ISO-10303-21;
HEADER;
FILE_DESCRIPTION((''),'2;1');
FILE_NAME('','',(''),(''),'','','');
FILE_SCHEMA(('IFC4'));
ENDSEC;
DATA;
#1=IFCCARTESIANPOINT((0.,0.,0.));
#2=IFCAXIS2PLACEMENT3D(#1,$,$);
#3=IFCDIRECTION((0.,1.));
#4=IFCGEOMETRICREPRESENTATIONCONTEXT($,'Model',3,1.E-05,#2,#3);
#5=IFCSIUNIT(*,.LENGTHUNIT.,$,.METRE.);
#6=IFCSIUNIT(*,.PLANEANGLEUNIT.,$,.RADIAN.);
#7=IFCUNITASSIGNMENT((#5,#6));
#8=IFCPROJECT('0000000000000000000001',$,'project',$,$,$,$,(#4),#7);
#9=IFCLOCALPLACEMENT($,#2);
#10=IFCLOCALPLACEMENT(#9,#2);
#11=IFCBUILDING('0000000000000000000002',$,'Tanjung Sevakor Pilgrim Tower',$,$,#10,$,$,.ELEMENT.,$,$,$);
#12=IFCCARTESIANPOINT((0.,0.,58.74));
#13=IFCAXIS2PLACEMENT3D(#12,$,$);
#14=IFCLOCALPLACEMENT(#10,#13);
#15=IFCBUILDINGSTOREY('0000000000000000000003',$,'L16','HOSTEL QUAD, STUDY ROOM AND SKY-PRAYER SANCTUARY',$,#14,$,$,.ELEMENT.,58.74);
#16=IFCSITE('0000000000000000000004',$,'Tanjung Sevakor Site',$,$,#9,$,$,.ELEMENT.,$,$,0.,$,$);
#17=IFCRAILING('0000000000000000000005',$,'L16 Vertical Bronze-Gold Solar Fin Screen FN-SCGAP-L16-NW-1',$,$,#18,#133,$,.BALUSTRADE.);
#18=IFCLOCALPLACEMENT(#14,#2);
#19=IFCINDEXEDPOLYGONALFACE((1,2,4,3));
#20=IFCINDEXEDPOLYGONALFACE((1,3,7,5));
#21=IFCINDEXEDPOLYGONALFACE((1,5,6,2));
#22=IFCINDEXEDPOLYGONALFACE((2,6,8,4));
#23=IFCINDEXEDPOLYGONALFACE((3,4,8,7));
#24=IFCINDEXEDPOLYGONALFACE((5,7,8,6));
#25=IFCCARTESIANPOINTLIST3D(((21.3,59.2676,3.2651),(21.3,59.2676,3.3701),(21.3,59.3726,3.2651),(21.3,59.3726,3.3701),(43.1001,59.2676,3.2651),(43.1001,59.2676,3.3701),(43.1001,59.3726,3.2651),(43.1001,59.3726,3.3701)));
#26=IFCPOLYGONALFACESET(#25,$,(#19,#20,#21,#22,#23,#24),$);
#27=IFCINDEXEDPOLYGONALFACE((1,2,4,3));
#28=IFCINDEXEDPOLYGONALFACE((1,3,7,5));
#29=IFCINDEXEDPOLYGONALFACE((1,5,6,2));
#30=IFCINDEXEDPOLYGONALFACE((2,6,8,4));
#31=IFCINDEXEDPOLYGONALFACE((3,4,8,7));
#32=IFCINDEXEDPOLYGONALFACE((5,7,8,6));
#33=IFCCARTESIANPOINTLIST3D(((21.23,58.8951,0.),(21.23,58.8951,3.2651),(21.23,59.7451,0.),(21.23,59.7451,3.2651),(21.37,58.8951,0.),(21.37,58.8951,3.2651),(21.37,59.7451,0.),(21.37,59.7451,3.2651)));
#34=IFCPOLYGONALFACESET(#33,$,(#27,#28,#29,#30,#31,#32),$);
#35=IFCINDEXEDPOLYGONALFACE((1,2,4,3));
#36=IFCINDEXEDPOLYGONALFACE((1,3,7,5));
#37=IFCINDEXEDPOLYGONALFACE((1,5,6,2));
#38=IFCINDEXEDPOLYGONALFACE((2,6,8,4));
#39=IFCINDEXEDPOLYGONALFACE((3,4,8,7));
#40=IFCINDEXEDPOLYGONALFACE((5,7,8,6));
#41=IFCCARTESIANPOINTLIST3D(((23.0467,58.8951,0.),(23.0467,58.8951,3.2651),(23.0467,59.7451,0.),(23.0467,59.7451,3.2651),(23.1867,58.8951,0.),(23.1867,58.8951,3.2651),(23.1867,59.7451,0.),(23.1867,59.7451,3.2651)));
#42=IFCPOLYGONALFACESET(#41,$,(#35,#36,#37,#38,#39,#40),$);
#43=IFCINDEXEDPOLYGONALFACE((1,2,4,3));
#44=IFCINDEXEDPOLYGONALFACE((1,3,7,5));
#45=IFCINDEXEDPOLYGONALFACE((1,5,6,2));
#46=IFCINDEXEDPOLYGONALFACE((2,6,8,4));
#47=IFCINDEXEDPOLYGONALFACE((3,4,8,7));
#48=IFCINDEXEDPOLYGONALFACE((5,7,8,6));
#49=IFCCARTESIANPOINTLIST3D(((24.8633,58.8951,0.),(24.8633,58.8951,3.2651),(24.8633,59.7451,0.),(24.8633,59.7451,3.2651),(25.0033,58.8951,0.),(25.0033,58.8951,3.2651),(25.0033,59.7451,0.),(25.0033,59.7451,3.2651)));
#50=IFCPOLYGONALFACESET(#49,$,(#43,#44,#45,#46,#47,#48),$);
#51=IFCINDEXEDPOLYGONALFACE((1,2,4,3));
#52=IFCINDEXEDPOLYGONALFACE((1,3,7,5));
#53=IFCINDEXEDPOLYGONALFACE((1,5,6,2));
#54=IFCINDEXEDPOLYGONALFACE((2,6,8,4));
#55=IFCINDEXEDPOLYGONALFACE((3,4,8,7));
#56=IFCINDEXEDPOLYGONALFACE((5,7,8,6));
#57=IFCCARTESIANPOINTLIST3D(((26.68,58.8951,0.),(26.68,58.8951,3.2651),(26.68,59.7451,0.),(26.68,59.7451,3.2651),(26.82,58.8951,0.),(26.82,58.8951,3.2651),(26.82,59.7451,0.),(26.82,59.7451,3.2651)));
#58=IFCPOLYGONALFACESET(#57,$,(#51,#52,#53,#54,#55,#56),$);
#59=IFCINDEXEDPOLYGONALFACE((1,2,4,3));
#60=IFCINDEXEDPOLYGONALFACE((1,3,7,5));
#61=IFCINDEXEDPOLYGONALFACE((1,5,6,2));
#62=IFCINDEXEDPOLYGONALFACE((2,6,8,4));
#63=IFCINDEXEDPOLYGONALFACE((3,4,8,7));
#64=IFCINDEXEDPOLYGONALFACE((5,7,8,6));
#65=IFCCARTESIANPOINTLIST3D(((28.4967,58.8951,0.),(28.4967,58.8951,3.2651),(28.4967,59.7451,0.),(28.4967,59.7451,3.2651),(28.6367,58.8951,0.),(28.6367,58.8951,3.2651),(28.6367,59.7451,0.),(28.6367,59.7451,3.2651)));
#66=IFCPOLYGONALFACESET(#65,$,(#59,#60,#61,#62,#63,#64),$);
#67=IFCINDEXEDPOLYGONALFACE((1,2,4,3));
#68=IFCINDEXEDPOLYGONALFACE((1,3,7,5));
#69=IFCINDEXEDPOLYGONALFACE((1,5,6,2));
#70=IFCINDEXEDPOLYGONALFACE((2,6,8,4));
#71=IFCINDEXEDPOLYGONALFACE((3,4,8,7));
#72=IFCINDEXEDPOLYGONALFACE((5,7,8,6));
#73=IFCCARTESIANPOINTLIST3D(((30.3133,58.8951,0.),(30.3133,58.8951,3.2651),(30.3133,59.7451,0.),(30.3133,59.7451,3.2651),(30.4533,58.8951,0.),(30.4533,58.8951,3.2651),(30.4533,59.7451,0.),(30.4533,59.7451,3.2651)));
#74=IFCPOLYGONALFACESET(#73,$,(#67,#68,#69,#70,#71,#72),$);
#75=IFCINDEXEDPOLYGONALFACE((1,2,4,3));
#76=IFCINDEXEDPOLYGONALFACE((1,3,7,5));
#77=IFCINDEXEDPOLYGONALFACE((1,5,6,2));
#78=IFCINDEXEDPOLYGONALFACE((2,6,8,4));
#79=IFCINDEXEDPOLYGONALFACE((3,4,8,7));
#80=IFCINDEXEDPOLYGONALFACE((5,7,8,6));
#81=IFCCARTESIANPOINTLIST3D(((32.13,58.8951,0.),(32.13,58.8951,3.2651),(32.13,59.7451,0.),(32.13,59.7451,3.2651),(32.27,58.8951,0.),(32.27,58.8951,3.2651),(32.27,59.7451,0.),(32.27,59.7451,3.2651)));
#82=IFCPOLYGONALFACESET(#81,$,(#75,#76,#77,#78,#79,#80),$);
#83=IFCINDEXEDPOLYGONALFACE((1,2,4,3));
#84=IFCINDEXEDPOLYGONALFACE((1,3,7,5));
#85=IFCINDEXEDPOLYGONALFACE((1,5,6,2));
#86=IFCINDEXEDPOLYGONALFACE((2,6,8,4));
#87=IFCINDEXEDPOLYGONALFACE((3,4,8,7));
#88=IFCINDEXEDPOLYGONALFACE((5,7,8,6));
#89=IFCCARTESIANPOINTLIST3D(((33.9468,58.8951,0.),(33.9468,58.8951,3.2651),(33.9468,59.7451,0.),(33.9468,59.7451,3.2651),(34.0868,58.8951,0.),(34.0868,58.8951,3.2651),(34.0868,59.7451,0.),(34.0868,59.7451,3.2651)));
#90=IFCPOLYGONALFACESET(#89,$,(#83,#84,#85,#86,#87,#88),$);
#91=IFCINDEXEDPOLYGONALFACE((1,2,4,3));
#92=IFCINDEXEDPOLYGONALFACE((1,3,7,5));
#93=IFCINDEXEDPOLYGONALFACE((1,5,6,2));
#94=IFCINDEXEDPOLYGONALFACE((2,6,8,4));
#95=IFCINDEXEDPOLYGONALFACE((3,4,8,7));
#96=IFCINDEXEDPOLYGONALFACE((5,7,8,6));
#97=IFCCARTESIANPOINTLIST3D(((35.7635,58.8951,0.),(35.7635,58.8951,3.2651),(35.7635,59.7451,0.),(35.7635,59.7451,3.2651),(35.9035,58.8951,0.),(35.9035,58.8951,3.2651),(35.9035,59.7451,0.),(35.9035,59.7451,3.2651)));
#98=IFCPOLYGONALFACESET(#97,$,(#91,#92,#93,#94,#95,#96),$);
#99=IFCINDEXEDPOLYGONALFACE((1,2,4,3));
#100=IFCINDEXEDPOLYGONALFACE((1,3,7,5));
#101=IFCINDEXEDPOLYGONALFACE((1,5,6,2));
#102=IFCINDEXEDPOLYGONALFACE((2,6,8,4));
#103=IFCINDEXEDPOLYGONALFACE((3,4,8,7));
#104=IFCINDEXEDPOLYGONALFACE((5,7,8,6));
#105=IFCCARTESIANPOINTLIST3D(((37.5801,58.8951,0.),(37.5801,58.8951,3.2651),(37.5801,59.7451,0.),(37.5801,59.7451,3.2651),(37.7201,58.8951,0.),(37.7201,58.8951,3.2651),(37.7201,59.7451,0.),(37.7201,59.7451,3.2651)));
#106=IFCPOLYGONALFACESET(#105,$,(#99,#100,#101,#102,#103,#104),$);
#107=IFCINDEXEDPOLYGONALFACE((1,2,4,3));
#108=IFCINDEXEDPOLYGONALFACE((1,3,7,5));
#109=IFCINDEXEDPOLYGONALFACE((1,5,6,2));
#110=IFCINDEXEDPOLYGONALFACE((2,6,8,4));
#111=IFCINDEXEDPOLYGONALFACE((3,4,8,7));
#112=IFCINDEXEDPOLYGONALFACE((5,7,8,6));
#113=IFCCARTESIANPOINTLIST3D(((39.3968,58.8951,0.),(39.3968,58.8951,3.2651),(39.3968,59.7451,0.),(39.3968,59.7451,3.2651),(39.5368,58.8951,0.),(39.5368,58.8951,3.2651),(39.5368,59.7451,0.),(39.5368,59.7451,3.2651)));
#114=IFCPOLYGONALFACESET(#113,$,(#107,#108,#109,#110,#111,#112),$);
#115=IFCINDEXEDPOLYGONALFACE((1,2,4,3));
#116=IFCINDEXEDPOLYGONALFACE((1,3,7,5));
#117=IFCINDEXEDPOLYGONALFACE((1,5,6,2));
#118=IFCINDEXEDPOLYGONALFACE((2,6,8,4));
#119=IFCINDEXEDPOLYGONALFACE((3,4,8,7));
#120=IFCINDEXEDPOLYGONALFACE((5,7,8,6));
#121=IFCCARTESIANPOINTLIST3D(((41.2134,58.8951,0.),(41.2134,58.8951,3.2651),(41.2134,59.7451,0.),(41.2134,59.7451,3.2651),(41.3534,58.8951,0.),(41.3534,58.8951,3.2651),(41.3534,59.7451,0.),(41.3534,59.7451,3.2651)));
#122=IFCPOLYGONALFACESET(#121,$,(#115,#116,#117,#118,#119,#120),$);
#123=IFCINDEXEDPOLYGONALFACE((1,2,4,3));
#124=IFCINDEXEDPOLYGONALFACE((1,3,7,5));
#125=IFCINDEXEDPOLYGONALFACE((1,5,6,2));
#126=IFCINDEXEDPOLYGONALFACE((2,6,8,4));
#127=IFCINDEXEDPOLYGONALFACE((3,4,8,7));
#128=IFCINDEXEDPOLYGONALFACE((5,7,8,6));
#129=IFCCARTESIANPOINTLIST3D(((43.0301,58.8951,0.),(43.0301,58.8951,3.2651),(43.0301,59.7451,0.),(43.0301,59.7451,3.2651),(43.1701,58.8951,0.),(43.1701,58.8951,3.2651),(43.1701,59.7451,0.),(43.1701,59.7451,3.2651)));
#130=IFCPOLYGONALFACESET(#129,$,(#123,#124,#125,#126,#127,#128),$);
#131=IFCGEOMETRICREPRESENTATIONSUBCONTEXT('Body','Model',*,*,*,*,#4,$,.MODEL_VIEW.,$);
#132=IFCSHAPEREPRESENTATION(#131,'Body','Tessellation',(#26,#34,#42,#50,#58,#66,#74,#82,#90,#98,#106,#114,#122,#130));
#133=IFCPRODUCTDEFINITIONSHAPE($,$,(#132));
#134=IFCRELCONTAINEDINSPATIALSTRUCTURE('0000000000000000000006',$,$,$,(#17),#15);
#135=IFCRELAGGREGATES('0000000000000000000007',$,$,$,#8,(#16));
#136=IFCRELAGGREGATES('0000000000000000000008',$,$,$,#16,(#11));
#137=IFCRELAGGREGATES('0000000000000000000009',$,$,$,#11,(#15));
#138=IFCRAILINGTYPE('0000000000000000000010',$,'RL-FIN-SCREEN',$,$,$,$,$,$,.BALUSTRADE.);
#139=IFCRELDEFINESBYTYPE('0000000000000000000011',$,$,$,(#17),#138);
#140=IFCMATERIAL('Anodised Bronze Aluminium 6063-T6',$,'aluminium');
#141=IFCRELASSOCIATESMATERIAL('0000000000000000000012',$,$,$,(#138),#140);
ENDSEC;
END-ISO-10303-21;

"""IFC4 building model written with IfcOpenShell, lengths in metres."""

from ifc_helpers import new_model, si_unit, direction, frame, origin, place, context, subcontext, project, spatial, rectangle, extrude, material, type_object, element, save


model = new_model("IFC4")

# Units and contexts
model_context = context("Model", 3, precision=1e-05, world=origin(), true_north=direction((0.0, 1.0)))
body_context = subcontext(model_context, "Body", "Model", "MODEL_VIEW")
ifc_project = project(units=[si_unit("LENGTHUNIT", "METRE"), si_unit("PLANEANGLEUNIT", "RADIAN")], contexts=[model_context])

# Site, building, storey
site_placement = place(None, origin())
site = spatial("IfcSite", under=ifc_project, at=site_placement, Name="Tanjung Sevakor Site", CompositionType="ELEMENT", RefElevation=0.0)
building_placement = place(site_placement, origin())
building = spatial("IfcBuilding", under=site, at=building_placement, Name="Tanjung Sevakor Pilgrim Tower", CompositionType="ELEMENT")
storey_placement = place(building_placement, frame((0.0, 0.0, 58.74)))
storey = spatial("IfcBuildingStorey", under=building, at=storey_placement, Name="L16", Description="HOSTEL QUAD, STUDY ROOM AND SKY-PRAYER SANCTUARY", CompositionType="ELEMENT", Elevation=58.74)

# Railing
ifc_material_1 = material(Name="Anodised Bronze Aluminium 6063-T6", Category="aluminium")
railing_type_1 = type_object("IfcRailingType", Name="RL-FIN-SCREEN", PredefinedType="BALUSTRADE", material=ifc_material_1)
railing_1_placement = place(storey_placement, frame((21.3, 59.3201, 0.0)))
element("IfcRailing", 1, at=railing_1_placement, inside=storey, type_object=railing_type_1, Name="L16 Vertical Bronze-Gold Solar Fin Screen FN-SCGAP-L16-NW-1", PredefinedType="BALUSTRADE", context=body_context, shape_type="SweptSolid", body=[
    extrude(rectangle(XDim=0.105, YDim=0.105), frame((0.0, 0.0, 3.3176), z_axis=(1.0, 0.0, 0.0), x_axis=(0.0, 1.0, 0.0)), (0.0, 0.0, 1.0), 21.8),
    extrude(rectangle(XDim=0.14, YDim=0.85), origin(), (0.0, 0.0, 1.0), 3.2651),
    extrude(rectangle(XDim=0.14, YDim=0.85), frame((1.8167, 0.0, 0.0)), (0.0, 0.0, 1.0), 3.2651),
    extrude(rectangle(XDim=0.14, YDim=0.85), frame((3.6333, 0.0, 0.0)), (0.0, 0.0, 1.0), 3.2651),
    extrude(rectangle(XDim=0.14, YDim=0.85), frame((5.45, 0.0, 0.0)), (0.0, 0.0, 1.0), 3.2651),
    extrude(rectangle(XDim=0.14, YDim=0.85), frame((7.2666, 0.0, 0.0)), (0.0, 0.0, 1.0), 3.2651),
    extrude(rectangle(XDim=0.14, YDim=0.85), frame((9.0833, 0.0, 0.0)), (0.0, 0.0, 1.0), 3.2651),
    extrude(rectangle(XDim=0.14, YDim=0.85), frame((10.8999, 0.0, 0.0)), (0.0, 0.0, 1.0), 3.2651),
    extrude(rectangle(XDim=0.14, YDim=0.85), frame((12.7168, 0.0, 0.0)), (0.0, 0.0, 1.0), 3.2651),
    extrude(rectangle(XDim=0.14, YDim=0.85), frame((14.5334, 0.0, 0.0)), (0.0, 0.0, 1.0), 3.2651),
    extrude(rectangle(XDim=0.14, YDim=0.85), frame((16.3501, 0.0, 0.0)), (0.0, 0.0, 1.0), 3.2651),
    extrude(rectangle(XDim=0.14, YDim=0.85), frame((18.1667, 0.0, 0.0)), (0.0, 0.0, 1.0), 3.2651),
    extrude(rectangle(XDim=0.14, YDim=0.85), frame((19.9834, 0.0, 0.0)), (0.0, 0.0, 1.0), 3.2651),
    extrude(rectangle(XDim=0.14, YDim=0.85), frame((21.8, 0.0, 0.0)), (0.0, 0.0, 1.0), 3.2651),
])

save(model, "model.ifc")
